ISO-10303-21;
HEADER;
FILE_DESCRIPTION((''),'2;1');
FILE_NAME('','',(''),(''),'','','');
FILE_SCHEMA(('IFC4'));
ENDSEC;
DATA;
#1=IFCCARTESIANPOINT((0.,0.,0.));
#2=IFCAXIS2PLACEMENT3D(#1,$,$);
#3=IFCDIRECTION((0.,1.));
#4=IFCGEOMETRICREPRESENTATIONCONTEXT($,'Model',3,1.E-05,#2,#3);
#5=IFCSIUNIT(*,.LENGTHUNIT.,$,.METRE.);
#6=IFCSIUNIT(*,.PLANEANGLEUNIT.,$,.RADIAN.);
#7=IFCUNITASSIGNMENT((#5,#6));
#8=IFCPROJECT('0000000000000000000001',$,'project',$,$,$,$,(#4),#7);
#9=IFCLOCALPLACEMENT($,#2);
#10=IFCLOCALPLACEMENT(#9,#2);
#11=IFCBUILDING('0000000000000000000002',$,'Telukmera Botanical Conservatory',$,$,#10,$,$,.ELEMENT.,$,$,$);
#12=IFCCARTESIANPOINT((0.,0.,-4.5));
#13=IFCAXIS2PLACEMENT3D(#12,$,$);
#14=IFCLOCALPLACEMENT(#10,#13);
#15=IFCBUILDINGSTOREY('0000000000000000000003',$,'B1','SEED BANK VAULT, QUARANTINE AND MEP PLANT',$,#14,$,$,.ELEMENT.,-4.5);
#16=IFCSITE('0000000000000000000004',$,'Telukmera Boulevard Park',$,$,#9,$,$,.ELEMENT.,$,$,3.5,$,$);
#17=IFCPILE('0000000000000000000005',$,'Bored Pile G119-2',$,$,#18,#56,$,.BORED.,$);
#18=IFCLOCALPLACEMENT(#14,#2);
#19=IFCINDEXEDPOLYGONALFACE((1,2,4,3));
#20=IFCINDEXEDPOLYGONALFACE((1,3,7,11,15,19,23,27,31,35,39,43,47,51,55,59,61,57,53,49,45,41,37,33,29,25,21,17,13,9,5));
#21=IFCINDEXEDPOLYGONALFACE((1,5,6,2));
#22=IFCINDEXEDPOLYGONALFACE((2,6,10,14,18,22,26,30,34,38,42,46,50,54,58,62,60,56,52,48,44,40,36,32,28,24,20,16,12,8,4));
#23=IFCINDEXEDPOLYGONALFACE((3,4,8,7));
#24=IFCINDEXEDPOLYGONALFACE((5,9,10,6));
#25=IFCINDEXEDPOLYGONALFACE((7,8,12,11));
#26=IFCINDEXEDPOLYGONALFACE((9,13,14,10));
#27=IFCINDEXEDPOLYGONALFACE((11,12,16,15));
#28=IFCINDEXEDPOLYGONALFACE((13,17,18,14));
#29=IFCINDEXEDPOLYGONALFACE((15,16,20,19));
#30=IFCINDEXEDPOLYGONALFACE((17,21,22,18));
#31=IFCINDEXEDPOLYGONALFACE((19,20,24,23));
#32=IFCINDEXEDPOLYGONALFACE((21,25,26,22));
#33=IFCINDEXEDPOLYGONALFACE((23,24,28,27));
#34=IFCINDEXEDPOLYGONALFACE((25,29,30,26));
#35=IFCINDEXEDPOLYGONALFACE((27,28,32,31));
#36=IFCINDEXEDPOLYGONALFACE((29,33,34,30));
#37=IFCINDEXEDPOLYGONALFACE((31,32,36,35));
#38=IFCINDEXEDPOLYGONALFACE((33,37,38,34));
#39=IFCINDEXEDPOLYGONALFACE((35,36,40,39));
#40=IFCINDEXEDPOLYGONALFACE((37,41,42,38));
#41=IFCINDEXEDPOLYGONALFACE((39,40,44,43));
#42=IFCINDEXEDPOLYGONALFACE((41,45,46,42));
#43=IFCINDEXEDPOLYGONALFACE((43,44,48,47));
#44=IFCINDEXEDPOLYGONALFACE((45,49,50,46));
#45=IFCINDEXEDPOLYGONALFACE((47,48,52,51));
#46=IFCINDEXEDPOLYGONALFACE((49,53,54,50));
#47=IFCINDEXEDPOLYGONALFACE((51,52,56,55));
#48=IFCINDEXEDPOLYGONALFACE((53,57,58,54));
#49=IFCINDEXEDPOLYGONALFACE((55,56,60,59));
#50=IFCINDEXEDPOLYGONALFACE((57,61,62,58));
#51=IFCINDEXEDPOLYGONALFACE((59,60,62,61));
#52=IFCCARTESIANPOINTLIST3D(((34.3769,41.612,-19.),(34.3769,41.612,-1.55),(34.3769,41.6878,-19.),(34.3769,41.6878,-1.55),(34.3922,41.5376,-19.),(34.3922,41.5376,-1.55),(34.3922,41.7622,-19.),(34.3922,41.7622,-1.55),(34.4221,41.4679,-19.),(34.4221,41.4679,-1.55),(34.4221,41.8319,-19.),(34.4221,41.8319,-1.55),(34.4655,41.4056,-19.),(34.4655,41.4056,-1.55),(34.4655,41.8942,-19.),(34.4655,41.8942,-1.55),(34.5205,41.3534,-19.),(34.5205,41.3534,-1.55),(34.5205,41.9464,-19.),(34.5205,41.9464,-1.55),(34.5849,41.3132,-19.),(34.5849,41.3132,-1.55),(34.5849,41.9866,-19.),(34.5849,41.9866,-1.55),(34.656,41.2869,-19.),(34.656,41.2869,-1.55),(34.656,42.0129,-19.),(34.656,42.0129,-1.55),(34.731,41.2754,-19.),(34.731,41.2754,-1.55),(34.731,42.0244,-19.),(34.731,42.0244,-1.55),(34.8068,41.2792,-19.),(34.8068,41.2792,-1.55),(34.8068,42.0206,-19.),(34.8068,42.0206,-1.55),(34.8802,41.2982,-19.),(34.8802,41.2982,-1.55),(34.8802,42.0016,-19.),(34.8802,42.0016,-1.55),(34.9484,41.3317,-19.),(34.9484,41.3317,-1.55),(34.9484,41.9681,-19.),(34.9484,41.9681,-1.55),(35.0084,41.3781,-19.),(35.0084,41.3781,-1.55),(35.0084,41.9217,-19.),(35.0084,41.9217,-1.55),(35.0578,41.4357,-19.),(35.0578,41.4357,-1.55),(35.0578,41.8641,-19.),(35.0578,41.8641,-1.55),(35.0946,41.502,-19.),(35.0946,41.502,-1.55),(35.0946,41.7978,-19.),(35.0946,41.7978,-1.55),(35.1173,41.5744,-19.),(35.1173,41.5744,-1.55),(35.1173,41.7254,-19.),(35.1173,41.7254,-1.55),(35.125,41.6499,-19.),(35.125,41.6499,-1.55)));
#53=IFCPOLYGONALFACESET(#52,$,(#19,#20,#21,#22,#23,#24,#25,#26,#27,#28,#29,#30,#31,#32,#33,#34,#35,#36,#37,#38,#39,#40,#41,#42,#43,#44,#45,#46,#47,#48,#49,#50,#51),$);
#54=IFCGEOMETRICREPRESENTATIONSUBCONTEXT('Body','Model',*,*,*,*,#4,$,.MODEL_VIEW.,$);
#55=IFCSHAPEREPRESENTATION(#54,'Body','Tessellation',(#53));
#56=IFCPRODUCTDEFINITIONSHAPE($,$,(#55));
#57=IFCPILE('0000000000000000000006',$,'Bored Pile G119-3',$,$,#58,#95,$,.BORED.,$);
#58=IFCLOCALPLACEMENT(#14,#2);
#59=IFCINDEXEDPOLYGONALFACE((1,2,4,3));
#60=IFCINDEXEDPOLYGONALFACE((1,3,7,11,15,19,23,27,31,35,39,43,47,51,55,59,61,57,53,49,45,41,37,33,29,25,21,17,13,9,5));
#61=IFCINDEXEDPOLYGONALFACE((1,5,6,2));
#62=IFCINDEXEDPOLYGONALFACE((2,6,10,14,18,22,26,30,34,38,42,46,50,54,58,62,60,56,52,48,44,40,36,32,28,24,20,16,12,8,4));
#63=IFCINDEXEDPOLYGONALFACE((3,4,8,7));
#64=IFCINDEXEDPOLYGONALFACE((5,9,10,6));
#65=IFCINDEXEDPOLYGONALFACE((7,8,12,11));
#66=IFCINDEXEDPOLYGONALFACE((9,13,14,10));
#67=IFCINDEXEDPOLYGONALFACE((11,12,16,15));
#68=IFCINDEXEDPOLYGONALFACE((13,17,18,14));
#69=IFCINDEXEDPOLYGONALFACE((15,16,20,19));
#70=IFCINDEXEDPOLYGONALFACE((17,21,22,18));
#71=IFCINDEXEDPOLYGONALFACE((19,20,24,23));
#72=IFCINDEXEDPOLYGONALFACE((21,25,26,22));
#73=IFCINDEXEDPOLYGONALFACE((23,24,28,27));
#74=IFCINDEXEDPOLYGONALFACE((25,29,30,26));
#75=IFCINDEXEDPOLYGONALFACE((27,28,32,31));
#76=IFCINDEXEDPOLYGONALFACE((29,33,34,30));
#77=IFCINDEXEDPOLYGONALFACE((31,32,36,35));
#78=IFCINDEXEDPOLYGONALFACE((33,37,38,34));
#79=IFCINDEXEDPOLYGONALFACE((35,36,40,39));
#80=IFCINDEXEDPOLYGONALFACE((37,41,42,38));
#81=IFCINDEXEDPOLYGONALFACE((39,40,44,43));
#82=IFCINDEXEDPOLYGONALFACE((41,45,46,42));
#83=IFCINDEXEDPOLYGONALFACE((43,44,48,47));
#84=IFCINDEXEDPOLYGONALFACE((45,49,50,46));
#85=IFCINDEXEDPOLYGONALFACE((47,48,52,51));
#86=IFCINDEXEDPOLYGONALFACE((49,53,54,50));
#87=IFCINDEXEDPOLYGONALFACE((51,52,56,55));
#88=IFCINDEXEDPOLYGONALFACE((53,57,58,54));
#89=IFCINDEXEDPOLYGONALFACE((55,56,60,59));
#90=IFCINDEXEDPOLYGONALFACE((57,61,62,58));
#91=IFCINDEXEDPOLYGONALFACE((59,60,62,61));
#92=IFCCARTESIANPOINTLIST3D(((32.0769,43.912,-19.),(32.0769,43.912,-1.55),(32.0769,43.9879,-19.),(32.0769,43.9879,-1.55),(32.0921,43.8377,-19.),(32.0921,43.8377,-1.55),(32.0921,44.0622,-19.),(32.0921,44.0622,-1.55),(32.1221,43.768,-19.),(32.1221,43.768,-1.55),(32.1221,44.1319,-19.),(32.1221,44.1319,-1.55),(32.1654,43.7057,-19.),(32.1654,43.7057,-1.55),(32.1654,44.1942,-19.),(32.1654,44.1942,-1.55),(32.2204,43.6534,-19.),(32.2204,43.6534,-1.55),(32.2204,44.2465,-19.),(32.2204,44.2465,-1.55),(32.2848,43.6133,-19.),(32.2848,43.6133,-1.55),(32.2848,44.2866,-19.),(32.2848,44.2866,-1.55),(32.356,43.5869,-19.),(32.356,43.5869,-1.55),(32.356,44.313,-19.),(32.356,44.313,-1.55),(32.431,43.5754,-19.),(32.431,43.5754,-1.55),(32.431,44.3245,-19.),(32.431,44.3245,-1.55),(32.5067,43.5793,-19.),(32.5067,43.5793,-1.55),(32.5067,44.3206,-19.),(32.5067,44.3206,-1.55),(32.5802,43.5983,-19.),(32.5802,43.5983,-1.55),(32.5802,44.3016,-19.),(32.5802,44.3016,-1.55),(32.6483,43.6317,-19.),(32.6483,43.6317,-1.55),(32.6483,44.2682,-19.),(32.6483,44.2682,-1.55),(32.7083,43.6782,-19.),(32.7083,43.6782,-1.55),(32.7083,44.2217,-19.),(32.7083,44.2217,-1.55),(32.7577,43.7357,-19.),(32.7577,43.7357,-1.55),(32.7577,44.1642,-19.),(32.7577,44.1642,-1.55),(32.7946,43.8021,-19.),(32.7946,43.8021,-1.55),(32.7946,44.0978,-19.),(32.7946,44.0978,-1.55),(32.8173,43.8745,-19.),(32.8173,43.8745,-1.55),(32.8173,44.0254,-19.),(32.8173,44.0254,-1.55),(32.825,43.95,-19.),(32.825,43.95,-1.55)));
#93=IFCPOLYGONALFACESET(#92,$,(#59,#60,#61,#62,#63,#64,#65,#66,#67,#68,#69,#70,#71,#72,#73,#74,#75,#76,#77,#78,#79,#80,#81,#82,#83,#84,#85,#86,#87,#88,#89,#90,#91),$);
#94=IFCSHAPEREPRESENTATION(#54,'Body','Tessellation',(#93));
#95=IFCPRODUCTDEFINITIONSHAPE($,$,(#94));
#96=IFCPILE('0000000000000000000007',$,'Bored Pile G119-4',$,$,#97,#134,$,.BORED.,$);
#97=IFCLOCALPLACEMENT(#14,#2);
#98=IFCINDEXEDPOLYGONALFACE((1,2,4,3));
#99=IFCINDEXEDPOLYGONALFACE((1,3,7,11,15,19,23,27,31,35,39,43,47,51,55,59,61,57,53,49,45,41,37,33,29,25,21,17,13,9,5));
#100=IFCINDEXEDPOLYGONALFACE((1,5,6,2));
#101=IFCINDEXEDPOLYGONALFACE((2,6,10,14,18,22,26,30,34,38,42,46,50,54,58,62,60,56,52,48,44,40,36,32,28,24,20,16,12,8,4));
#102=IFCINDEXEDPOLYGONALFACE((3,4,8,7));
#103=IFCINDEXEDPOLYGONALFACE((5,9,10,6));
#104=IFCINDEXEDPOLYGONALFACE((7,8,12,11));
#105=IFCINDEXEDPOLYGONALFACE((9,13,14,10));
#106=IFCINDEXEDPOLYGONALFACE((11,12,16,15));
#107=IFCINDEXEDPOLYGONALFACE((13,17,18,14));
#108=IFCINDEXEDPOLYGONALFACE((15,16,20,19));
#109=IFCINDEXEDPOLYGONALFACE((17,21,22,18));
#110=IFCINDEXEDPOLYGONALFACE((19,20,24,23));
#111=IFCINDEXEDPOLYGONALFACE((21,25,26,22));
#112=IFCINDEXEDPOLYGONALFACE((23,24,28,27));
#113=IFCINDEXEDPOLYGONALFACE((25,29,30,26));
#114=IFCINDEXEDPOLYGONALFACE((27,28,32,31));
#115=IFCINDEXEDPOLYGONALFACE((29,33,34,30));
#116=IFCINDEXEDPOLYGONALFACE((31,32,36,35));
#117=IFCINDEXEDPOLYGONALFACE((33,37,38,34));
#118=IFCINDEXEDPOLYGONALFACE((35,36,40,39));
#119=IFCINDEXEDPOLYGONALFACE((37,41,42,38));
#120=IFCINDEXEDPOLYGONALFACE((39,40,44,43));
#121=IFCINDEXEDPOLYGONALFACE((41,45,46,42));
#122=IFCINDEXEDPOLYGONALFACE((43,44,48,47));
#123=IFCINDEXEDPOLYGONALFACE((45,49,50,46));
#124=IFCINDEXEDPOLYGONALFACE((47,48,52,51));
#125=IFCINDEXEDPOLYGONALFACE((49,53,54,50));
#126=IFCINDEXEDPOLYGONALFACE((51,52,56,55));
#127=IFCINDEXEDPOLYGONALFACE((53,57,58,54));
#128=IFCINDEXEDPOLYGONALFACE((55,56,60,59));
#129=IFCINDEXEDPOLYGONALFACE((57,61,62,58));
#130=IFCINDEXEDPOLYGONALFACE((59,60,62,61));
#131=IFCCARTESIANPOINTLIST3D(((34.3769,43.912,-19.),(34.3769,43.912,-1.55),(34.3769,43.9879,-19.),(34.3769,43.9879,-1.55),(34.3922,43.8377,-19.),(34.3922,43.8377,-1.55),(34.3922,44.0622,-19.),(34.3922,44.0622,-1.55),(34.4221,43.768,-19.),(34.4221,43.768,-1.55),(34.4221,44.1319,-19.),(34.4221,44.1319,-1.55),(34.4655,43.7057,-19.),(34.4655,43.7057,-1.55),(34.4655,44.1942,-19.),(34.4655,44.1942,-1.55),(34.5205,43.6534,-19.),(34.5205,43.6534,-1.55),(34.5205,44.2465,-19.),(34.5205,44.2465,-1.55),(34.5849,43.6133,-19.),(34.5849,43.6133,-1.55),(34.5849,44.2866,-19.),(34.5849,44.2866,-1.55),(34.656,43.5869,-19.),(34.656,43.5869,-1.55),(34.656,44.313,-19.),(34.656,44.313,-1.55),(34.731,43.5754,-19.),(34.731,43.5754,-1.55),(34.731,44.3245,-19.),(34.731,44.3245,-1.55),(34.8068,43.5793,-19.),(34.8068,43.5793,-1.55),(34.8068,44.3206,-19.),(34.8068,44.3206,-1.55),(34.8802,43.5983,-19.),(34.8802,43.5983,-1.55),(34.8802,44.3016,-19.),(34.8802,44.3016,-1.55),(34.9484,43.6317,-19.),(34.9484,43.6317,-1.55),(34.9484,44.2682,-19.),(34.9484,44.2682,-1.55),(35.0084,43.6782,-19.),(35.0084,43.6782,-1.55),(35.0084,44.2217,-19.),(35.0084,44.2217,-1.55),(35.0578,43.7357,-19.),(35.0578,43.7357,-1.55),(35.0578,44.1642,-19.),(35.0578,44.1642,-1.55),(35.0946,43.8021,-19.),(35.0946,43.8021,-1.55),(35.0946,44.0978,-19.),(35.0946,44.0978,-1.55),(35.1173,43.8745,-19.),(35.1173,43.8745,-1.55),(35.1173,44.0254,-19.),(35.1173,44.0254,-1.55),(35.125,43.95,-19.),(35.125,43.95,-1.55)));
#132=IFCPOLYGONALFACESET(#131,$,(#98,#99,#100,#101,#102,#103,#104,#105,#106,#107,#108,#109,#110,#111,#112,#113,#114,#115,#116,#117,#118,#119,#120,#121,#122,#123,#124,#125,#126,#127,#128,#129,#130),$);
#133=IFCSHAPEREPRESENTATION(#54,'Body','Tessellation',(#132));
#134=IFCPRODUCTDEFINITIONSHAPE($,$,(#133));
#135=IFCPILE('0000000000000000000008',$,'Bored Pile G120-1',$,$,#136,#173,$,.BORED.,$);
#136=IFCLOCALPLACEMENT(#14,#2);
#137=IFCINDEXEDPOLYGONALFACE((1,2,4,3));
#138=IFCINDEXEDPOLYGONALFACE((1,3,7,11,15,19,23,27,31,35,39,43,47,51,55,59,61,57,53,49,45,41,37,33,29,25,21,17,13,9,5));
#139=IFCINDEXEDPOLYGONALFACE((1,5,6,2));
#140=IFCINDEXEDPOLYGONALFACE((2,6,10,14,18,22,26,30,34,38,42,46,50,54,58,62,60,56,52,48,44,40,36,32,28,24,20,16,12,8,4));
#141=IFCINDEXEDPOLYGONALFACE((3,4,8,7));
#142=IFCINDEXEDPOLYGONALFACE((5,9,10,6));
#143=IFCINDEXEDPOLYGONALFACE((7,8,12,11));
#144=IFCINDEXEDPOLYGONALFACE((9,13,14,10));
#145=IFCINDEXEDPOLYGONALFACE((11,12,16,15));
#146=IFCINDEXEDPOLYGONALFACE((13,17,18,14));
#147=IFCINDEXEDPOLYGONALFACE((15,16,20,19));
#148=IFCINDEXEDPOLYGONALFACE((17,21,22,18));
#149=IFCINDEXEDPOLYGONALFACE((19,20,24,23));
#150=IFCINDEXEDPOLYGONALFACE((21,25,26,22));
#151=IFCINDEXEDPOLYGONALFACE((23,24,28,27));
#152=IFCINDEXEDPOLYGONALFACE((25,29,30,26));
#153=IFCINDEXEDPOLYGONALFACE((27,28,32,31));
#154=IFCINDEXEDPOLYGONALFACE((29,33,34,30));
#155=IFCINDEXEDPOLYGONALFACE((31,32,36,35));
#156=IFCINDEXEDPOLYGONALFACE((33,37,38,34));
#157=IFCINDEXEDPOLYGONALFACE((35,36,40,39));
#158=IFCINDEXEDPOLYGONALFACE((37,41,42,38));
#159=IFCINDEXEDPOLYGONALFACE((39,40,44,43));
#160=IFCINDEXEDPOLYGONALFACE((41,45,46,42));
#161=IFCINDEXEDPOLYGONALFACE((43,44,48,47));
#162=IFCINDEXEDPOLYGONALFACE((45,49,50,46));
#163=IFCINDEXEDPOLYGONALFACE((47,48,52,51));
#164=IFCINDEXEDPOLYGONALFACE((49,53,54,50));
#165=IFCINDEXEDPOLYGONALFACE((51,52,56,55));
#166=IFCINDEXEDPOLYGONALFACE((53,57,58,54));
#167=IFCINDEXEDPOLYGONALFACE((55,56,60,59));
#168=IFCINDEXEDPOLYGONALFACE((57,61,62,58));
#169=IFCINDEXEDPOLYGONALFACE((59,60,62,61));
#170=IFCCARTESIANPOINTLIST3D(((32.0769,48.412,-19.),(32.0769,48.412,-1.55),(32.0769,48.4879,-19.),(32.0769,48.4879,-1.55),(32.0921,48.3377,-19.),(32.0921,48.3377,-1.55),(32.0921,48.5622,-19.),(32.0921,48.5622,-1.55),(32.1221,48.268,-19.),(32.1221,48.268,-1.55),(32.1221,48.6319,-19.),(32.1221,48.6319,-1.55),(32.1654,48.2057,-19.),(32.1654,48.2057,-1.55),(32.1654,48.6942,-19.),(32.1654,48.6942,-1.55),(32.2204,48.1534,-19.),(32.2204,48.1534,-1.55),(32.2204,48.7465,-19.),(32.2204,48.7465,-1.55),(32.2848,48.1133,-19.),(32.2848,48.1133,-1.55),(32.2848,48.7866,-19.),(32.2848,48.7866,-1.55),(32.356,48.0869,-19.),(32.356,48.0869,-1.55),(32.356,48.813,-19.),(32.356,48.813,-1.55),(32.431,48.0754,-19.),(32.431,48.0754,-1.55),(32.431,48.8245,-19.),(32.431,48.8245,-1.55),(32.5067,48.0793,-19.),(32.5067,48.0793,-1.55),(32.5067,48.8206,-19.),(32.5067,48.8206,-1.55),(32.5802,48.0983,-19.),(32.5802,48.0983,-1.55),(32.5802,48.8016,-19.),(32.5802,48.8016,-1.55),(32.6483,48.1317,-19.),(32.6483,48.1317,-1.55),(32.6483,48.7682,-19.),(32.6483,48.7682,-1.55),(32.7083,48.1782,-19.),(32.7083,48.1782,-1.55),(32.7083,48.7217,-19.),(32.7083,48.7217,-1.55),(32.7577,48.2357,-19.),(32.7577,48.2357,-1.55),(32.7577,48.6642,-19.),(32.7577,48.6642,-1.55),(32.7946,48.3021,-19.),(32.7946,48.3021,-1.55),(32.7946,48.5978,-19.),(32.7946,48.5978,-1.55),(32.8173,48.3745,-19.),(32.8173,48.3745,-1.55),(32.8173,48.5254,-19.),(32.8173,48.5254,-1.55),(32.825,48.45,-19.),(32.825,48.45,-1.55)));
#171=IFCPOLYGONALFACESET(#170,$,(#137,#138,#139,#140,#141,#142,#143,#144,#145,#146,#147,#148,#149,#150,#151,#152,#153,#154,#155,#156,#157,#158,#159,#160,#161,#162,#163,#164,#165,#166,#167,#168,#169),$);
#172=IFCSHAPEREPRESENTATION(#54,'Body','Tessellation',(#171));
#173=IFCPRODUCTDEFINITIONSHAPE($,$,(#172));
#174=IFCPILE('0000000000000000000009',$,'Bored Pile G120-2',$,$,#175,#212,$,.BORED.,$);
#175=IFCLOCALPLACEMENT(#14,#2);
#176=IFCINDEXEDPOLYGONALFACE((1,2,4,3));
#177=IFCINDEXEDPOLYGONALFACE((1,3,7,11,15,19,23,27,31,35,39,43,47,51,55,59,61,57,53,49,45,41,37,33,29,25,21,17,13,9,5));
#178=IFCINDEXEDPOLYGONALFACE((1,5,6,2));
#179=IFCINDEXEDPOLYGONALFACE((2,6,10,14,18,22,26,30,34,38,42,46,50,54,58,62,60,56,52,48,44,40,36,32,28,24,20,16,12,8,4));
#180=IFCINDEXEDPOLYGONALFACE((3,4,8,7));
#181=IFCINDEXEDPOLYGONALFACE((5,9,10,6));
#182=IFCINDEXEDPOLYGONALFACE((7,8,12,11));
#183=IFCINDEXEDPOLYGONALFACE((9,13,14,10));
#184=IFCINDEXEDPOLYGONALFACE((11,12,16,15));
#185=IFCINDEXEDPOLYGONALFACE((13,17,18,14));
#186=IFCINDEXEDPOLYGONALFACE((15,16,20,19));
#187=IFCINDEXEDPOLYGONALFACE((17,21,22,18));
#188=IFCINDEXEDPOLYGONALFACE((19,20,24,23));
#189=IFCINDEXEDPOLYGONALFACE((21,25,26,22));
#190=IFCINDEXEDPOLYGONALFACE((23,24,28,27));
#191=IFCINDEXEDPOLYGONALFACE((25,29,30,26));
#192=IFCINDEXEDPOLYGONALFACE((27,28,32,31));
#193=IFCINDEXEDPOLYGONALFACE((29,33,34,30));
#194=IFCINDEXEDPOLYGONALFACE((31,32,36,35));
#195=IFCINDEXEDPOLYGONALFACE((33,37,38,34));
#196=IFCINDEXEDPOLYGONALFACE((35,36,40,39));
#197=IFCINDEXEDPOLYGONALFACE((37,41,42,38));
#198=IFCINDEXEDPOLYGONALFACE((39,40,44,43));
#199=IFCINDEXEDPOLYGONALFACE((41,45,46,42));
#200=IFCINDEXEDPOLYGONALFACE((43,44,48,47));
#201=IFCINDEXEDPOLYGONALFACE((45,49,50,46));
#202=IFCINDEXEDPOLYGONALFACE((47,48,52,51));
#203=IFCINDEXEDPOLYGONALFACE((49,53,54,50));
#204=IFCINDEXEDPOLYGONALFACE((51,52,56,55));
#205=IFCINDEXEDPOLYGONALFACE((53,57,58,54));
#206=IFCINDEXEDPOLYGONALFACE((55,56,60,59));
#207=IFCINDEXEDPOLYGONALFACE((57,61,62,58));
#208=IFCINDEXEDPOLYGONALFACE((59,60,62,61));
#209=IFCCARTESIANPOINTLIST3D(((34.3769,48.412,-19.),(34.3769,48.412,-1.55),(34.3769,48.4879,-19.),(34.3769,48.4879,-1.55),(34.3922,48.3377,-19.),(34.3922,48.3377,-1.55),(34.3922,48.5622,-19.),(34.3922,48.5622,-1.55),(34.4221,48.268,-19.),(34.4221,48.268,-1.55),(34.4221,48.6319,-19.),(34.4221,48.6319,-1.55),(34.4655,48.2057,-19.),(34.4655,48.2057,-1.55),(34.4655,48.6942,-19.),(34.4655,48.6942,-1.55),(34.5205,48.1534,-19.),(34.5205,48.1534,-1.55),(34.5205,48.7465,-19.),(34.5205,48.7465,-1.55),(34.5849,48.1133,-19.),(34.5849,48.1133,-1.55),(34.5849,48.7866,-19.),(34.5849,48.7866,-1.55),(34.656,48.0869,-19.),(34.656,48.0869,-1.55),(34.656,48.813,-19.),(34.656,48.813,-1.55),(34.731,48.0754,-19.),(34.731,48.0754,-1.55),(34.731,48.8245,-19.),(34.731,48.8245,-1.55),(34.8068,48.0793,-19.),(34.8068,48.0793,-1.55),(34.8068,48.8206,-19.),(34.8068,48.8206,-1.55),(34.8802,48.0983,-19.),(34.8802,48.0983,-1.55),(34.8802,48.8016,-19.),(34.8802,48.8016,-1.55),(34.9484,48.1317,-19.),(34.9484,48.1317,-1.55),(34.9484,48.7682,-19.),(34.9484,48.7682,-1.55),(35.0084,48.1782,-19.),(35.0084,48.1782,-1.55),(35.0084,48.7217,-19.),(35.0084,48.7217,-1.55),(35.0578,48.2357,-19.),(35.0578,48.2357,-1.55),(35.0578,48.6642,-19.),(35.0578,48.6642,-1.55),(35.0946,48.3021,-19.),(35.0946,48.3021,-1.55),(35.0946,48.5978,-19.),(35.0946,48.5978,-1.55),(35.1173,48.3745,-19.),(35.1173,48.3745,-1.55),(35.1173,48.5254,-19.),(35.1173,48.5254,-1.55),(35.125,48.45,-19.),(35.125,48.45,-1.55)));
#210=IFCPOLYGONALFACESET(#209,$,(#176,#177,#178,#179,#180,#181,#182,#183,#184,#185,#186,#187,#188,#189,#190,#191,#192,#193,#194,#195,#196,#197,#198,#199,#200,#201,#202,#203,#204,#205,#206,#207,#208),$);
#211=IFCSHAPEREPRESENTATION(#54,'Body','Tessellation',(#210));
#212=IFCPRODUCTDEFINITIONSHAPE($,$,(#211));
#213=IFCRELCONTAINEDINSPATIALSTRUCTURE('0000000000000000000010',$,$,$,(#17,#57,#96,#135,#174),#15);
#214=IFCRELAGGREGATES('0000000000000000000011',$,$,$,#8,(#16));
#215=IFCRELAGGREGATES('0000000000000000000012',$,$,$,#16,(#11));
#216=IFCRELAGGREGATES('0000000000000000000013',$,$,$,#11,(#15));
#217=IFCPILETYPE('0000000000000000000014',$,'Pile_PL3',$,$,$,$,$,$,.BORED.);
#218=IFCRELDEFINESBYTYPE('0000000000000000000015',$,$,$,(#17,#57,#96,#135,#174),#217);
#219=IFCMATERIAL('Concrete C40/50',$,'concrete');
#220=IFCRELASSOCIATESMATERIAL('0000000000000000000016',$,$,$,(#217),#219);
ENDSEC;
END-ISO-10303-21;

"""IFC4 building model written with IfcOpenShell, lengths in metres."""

from ifc_helpers import new_model, si_unit, direction, frame, origin, origin_2d, place, context, subcontext, project, spatial, circle, extrude, material, material_profile, profile_set, type_object, element, save


model = new_model("IFC4")

# Units and contexts
model_context = context("Model", 3, precision=1e-05, world=origin(), true_north=direction((0.0, 1.0)))
body_context = subcontext(model_context, "Body", "Model", "MODEL_VIEW")
ifc_project = project(units=[si_unit("LENGTHUNIT", "METRE"), si_unit("PLANEANGLEUNIT", "RADIAN")], contexts=[model_context])

# Site, building, storey
site_placement = place(None, origin())
site = spatial("IfcSite", under=ifc_project, at=site_placement, Name="Telukmera Boulevard Park", CompositionType="ELEMENT", RefElevation=3.5)
building_placement = place(site_placement, origin())
building = spatial("IfcBuilding", under=site, at=building_placement, Name="Telukmera Botanical Conservatory", CompositionType="ELEMENT")
storey_placement = place(building_placement, frame((0.0, 0.0, -4.5)))
storey = spatial("IfcBuildingStorey", under=building, at=storey_placement, Name="B1", Description="SEED BANK VAULT, QUARANTINE AND MEP PLANT", CompositionType="ELEMENT", Elevation=-4.5)

# Shared definitions
ifc_material_1 = material(Name="Concrete C40/50", Category="concrete")

# Piles
ifc_material_profile_1 = material_profile(ifc_material_1, circle(Radius=0.375, at=origin_2d()), Name="PILE D750")
ifc_profile_set_1 = profile_set([ifc_material_profile_1], Name="Concrete C40/50")
pile_type_1 = type_object("IfcPileType", Name="Pile_PL3", PredefinedType="BORED", material=ifc_profile_set_1)
for number, where, z_axis, x_axis, name in (
    (1, (34.75, 41.6499, -1.55), (0.0, 0.0, -1.0), (1.0, 0.0, 0.0), "Bored Pile G119-2"),
    (2, (32.45, 43.95, -1.55), (0.0, 0.0, -1.0), (1.0, 0.0, 0.0), "Bored Pile G119-3"),
    (3, (34.75, 43.95, -1.55), (0.0, 0.0, -1.0), (1.0, 0.0, 0.0), "Bored Pile G119-4"),
    (4, (32.45, 48.45, -1.55), (0.0, 0.0, -1.0), (1.0, 0.0, 0.0), "Bored Pile G120-1"),
    (5, (34.75, 48.45, -1.55), (0.0, 0.0, -1.0), (1.0, 0.0, 0.0), "Bored Pile G120-2"),
):
    element("IfcPile", number, at=place(storey_placement, frame(where, z_axis=z_axis, x_axis=x_axis)), inside=storey, type_object=pile_type_1, Name=name, PredefinedType="BORED", context=body_context, shape_type="SweptSolid", body=[
        extrude(circle(Radius=0.375, at=origin_2d()), origin(), (0.0, 0.0, 1.0), 17.45),
    ])

save(model, "model.ifc")
